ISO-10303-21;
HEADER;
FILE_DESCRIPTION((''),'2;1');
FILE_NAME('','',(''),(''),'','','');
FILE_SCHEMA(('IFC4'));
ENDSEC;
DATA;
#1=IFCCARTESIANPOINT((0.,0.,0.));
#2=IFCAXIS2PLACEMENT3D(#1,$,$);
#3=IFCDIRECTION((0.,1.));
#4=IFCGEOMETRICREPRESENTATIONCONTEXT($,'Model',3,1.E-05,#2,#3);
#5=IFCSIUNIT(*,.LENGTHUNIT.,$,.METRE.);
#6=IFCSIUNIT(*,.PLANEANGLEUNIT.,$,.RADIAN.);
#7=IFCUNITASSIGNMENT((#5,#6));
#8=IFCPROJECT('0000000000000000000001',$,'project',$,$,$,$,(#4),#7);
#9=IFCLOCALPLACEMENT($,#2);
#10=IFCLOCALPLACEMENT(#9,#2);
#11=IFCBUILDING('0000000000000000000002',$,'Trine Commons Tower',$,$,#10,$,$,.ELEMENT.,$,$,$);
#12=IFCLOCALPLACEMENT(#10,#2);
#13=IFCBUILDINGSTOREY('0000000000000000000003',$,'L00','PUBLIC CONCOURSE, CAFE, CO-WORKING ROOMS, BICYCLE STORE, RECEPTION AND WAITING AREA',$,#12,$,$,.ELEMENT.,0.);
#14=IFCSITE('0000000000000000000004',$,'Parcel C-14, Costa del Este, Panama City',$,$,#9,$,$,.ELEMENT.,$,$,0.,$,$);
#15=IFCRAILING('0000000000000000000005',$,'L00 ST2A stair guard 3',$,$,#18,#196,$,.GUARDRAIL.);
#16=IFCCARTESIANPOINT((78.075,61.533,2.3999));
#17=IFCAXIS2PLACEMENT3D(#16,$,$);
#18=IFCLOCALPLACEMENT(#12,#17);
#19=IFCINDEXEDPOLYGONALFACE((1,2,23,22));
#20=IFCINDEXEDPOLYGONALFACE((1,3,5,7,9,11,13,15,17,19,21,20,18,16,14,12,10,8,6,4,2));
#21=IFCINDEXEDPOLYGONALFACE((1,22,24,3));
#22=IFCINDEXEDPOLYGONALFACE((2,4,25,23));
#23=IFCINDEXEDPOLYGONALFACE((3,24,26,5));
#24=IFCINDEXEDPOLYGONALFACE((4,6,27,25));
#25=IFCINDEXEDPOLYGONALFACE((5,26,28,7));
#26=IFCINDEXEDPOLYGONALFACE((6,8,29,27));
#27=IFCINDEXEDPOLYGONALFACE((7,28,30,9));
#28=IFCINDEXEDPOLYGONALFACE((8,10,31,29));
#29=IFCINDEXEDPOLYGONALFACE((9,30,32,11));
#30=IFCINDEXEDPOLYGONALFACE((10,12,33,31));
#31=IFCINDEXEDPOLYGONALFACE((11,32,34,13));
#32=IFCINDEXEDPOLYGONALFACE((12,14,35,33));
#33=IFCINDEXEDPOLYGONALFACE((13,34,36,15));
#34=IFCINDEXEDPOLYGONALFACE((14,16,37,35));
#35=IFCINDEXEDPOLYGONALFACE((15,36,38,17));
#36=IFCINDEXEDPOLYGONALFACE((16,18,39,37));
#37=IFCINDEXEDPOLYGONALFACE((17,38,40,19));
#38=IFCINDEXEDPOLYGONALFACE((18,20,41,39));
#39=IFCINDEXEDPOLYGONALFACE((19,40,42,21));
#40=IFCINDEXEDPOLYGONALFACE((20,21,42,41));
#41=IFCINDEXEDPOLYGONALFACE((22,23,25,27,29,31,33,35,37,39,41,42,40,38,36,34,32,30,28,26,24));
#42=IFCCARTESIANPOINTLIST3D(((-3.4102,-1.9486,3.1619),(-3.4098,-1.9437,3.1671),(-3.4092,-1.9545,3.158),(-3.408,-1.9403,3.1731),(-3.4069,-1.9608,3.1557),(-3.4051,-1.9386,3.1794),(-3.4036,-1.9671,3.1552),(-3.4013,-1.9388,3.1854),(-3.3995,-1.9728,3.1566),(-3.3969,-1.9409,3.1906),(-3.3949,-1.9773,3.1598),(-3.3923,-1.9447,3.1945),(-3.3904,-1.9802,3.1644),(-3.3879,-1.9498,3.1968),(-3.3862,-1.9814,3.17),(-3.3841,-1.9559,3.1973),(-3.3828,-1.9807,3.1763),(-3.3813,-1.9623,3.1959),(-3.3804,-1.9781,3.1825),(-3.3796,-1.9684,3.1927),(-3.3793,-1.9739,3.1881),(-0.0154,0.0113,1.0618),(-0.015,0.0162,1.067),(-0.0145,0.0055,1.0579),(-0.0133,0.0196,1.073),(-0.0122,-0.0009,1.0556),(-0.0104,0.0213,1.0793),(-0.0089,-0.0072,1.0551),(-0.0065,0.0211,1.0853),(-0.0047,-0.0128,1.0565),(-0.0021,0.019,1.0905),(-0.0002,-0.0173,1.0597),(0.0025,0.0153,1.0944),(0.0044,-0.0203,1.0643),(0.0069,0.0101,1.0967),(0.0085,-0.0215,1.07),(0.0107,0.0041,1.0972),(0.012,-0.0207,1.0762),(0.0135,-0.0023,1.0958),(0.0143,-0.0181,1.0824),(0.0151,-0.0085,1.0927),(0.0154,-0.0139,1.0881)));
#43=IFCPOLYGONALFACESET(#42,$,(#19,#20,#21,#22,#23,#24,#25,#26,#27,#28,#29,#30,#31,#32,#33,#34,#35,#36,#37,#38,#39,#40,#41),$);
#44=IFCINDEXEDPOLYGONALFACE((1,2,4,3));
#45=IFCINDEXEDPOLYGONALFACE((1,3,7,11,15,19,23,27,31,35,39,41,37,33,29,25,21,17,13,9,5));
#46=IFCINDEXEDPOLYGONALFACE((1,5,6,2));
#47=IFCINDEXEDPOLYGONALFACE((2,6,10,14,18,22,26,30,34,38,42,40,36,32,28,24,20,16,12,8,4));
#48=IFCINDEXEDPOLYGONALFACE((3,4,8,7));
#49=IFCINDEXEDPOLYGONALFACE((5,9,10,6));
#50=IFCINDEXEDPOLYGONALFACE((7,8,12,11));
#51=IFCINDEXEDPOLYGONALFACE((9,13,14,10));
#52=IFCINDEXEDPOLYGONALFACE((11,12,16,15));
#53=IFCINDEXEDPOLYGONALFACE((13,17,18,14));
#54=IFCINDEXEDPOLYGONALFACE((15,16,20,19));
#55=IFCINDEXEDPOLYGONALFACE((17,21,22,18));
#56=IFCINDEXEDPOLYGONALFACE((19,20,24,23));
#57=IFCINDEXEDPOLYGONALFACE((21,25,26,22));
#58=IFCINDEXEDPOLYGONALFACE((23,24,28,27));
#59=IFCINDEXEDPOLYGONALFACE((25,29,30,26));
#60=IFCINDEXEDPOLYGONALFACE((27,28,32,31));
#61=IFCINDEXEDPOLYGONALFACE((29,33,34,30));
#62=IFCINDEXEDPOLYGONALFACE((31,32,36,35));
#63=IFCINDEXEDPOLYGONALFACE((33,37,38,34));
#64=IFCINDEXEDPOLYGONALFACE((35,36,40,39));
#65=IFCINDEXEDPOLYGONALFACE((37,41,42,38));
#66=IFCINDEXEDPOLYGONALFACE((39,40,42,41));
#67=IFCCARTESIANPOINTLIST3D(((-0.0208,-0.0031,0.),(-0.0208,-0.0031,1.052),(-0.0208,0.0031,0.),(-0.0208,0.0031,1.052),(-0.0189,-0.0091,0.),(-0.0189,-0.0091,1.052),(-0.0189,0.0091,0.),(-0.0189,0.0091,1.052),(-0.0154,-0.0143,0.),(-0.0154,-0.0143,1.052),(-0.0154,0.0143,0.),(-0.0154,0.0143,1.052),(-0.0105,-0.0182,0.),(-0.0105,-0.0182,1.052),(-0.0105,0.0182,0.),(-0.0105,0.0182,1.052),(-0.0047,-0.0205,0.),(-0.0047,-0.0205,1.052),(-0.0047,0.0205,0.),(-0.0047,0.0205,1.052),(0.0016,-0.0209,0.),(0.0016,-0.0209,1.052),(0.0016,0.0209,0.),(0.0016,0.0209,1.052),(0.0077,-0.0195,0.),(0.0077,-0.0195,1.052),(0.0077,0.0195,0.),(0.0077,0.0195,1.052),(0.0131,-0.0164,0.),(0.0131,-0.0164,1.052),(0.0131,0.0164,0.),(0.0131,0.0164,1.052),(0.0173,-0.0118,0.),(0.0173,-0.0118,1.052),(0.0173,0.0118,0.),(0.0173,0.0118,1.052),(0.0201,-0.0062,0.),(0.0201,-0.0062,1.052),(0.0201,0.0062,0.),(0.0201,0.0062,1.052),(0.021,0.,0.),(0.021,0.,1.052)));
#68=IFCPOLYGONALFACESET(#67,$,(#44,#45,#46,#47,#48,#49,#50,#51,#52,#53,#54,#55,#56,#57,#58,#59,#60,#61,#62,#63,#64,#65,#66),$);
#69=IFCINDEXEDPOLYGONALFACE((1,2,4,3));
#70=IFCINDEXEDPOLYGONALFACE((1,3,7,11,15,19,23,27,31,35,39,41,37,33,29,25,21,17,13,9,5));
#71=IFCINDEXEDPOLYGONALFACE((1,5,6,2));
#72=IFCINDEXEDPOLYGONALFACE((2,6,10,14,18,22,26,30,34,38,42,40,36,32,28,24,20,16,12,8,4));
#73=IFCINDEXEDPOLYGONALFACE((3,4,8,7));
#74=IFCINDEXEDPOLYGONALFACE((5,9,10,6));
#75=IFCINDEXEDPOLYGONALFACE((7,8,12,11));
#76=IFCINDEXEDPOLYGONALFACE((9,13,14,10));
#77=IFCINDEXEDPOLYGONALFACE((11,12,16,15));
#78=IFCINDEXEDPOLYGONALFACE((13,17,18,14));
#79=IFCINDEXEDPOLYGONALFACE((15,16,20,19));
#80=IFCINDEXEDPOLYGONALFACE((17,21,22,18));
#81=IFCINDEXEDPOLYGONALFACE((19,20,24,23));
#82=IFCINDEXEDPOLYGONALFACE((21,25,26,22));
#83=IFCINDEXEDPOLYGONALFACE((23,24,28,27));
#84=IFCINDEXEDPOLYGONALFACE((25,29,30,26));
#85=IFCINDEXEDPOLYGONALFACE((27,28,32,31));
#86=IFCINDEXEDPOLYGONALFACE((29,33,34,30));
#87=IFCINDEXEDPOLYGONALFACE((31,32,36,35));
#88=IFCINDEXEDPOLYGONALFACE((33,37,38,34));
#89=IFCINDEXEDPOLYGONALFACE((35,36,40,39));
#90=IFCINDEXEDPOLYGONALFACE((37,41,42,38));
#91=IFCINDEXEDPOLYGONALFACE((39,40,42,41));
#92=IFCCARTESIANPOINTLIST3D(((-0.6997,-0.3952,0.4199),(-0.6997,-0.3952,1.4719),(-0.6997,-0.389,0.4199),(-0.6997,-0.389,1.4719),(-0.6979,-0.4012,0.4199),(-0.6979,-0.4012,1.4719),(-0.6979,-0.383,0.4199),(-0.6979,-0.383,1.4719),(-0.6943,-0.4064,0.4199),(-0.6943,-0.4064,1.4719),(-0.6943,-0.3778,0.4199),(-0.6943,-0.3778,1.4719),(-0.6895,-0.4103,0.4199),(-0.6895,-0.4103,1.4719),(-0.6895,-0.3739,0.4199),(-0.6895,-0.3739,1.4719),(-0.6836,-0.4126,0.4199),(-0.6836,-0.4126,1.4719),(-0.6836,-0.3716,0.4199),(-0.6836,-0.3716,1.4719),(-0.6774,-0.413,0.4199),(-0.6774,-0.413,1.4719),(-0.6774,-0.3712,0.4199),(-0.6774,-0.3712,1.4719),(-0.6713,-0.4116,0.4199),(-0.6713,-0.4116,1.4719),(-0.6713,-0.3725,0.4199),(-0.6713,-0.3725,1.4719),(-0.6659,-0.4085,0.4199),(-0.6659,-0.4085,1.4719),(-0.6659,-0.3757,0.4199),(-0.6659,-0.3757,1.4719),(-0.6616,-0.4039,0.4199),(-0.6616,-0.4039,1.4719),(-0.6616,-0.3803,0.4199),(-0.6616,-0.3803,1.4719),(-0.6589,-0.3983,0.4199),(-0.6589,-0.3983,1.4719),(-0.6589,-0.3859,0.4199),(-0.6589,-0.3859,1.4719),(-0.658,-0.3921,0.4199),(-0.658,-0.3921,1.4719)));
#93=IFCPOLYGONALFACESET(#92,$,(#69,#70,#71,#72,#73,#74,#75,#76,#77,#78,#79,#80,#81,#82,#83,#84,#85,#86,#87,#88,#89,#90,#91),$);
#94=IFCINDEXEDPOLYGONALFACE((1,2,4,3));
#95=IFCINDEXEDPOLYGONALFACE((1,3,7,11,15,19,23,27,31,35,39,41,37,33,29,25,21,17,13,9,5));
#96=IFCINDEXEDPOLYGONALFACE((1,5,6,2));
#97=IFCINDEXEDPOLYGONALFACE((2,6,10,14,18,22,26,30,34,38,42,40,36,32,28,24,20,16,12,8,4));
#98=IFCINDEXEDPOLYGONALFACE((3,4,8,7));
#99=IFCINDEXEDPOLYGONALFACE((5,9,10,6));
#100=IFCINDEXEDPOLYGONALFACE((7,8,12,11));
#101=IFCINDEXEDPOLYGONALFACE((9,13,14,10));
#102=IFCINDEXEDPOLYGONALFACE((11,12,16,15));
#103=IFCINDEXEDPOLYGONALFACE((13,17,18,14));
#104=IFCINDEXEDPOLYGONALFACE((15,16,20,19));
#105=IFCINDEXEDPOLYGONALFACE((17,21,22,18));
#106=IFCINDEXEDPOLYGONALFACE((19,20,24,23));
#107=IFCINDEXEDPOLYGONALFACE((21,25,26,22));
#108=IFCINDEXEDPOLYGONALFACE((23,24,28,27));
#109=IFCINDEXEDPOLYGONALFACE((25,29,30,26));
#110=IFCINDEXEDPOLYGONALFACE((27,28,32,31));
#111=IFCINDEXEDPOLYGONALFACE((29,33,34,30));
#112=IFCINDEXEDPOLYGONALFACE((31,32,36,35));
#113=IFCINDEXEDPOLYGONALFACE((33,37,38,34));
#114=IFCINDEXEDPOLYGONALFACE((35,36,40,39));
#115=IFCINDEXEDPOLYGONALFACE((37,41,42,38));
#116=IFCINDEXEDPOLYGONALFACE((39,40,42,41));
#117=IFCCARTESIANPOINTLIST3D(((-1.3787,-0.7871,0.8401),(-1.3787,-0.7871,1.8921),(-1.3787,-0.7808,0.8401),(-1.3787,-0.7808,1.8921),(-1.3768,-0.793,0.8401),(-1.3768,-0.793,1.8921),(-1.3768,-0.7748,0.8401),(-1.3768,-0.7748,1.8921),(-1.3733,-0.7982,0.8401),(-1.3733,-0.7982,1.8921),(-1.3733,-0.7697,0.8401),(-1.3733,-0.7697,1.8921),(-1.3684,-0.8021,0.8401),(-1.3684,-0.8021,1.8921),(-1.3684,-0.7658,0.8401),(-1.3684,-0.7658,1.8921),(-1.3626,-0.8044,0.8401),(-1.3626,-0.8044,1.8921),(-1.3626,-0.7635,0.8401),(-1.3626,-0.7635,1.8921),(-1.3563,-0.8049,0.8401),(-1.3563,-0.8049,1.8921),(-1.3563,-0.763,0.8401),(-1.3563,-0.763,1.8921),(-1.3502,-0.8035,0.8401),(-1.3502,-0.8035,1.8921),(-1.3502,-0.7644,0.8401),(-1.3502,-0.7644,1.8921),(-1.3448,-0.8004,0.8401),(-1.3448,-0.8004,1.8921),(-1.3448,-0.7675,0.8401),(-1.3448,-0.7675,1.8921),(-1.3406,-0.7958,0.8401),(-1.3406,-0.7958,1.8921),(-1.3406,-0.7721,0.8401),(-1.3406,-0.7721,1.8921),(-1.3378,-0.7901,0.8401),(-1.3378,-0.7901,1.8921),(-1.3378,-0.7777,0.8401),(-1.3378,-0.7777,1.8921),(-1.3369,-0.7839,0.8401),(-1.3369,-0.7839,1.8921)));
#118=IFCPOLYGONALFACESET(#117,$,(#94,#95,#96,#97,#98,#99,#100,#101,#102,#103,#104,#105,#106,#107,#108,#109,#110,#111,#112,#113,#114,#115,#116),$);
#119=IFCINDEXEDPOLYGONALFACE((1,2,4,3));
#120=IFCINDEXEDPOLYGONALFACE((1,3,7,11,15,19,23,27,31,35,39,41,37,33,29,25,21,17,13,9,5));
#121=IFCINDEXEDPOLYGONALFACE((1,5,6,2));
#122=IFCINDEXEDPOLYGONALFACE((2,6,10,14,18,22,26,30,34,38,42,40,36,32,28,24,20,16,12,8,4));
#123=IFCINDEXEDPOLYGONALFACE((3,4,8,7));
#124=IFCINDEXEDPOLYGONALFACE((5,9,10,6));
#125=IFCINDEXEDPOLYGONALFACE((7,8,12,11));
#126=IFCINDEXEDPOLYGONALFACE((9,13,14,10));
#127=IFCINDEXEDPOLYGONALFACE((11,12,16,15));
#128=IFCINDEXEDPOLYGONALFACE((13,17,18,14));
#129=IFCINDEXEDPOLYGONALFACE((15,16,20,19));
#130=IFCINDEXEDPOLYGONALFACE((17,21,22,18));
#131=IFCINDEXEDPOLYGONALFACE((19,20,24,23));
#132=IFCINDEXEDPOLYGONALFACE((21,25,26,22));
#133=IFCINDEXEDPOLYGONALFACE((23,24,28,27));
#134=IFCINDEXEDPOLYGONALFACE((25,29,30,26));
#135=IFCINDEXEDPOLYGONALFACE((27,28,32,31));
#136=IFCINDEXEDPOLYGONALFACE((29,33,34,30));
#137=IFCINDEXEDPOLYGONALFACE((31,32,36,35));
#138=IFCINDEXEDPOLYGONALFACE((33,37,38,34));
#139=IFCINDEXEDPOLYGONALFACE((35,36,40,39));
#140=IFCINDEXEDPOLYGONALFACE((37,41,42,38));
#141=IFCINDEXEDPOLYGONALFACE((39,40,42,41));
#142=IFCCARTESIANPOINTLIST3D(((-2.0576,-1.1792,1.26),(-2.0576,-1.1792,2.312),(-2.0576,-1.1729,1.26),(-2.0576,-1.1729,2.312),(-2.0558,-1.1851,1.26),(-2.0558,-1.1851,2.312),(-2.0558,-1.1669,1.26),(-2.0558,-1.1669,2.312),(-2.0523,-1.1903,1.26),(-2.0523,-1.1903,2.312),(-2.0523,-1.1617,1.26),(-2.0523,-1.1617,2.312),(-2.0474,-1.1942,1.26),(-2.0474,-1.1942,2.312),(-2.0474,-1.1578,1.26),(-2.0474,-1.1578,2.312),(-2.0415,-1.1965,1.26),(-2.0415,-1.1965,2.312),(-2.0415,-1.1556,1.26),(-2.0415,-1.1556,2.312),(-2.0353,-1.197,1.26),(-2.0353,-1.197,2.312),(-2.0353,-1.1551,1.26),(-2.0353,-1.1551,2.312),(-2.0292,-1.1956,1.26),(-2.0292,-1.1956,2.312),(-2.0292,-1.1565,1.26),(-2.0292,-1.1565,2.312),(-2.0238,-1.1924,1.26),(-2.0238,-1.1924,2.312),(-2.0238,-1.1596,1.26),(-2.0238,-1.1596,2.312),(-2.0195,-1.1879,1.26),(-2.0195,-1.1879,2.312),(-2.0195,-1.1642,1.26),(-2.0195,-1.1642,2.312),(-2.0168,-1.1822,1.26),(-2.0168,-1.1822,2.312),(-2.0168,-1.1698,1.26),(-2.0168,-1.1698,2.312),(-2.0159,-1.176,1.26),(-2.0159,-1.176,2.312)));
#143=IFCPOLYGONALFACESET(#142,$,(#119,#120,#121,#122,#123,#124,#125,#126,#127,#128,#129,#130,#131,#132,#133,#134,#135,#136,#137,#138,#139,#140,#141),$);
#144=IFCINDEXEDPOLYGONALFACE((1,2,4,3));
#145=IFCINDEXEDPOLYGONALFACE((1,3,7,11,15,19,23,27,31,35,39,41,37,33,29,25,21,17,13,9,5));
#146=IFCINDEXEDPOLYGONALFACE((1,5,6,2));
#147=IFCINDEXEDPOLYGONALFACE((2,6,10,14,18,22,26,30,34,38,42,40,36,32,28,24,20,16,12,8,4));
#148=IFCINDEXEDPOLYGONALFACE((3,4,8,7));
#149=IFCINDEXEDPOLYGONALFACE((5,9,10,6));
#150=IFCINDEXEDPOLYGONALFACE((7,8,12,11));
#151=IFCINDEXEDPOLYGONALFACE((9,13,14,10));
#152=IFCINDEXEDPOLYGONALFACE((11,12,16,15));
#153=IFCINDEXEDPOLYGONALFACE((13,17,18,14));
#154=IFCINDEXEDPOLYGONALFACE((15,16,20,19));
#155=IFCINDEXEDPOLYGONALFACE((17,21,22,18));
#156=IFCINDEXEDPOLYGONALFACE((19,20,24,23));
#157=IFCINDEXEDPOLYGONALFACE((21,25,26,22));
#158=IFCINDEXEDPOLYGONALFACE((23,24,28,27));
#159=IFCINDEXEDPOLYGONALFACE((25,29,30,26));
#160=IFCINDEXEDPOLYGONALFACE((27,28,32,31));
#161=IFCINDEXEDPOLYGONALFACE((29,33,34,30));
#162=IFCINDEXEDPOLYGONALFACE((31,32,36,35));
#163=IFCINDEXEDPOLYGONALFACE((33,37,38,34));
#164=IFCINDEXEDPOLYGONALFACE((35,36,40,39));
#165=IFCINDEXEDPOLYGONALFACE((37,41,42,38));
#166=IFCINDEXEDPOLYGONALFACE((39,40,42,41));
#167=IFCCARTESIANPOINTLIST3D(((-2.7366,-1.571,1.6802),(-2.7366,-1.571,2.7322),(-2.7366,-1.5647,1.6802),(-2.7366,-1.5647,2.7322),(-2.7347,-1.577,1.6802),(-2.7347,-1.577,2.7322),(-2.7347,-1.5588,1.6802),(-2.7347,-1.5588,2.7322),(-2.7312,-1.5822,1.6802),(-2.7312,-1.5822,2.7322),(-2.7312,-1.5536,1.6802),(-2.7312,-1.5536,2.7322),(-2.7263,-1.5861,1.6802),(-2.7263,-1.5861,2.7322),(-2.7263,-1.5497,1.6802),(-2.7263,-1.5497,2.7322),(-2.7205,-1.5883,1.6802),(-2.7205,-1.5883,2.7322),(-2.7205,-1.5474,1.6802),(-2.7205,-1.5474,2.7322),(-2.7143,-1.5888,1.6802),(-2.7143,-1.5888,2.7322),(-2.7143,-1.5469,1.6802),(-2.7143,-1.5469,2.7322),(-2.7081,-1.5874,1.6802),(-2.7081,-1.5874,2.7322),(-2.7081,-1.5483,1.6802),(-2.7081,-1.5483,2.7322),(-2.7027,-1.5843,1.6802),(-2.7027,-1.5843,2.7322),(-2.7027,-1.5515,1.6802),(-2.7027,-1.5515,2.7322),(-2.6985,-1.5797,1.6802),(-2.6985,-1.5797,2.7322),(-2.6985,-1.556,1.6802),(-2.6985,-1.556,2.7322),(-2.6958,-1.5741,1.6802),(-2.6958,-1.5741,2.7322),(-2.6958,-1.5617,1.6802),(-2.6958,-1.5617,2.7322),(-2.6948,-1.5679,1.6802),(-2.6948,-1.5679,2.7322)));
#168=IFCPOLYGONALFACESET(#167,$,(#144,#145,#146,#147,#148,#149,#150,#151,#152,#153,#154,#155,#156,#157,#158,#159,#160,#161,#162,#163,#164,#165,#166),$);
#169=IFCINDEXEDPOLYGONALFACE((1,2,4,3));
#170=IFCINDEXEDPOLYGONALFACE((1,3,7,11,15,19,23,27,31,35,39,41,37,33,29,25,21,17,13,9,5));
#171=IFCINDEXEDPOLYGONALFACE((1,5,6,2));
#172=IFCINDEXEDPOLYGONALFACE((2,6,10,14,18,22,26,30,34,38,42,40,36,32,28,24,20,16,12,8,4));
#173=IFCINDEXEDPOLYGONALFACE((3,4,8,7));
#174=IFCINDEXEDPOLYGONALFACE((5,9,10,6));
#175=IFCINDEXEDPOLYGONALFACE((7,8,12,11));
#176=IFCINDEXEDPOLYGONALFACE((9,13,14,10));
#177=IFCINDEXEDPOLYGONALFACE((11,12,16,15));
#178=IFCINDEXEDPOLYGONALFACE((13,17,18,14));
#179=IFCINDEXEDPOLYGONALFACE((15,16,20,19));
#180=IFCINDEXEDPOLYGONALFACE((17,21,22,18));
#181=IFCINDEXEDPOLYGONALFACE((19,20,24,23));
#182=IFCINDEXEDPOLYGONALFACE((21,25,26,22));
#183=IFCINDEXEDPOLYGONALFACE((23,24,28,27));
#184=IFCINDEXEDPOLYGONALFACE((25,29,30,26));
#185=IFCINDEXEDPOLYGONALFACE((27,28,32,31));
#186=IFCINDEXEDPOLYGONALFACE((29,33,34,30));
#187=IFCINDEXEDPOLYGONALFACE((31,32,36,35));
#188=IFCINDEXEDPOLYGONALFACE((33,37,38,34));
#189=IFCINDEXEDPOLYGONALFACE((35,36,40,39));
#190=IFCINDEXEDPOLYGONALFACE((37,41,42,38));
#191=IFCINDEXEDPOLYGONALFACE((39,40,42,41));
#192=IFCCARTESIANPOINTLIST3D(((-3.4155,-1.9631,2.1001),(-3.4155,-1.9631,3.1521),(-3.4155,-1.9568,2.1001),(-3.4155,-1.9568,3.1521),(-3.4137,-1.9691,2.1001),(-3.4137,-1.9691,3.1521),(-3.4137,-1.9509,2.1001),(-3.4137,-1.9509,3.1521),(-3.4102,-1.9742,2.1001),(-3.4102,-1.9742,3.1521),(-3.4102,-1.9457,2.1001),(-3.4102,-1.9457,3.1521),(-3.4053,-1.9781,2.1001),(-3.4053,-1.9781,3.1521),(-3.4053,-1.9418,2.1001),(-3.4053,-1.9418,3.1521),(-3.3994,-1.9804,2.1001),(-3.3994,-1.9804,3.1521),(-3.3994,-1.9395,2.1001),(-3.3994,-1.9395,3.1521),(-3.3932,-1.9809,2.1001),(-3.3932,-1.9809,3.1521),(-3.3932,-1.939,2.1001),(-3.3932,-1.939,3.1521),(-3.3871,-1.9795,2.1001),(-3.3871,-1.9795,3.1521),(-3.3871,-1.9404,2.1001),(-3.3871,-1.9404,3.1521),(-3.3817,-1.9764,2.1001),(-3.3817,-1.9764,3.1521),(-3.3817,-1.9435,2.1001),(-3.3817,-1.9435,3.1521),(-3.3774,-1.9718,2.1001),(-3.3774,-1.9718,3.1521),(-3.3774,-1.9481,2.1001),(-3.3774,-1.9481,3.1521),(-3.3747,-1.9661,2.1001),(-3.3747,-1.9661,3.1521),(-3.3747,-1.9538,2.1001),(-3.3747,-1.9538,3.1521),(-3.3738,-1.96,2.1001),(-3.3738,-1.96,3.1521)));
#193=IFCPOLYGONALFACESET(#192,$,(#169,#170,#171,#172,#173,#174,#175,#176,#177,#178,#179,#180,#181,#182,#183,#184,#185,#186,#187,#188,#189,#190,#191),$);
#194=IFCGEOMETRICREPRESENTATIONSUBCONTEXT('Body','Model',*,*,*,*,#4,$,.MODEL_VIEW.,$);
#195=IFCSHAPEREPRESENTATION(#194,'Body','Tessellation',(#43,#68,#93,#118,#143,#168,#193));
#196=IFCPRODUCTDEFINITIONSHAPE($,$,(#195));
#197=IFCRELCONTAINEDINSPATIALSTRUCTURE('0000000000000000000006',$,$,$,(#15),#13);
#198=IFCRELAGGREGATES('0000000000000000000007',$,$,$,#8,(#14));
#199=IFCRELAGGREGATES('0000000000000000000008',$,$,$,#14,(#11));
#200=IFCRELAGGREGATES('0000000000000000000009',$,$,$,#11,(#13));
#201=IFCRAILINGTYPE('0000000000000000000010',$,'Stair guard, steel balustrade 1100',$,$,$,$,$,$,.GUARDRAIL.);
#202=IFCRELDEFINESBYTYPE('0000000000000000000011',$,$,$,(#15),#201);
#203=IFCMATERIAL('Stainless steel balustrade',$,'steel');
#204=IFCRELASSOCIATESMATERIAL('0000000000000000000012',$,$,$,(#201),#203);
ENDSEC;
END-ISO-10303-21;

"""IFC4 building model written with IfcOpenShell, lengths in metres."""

from ifc_helpers import new_model, si_unit, direction, frame, origin, origin_2d, place, context, subcontext, project, spatial, circle, extrude, material, type_object, element, save


model = new_model("IFC4")

# Units and contexts
model_context = context("Model", 3, precision=1e-05, world=origin(), true_north=direction((0.0, 1.0)))
body_context = subcontext(model_context, "Body", "Model", "MODEL_VIEW")
ifc_project = project(units=[si_unit("LENGTHUNIT", "METRE"), si_unit("PLANEANGLEUNIT", "RADIAN")], contexts=[model_context])

# Site, building, storey
site_placement = place(None, origin())
site = spatial("IfcSite", under=ifc_project, at=site_placement, Name="Parcel C-14, Costa del Este, Panama City", CompositionType="ELEMENT", RefElevation=0.0)
building_placement = place(site_placement, origin())
building = spatial("IfcBuilding", under=site, at=building_placement, Name="Trine Commons Tower", CompositionType="ELEMENT")
storey_placement = place(building_placement, origin())
storey = spatial("IfcBuildingStorey", under=building, at=storey_placement, Name="L00", Description="PUBLIC CONCOURSE, CAFE, CO-WORKING ROOMS, BICYCLE STORE, RECEPTION AND WAITING AREA", CompositionType="ELEMENT", Elevation=0.0)

# Railing
ifc_material_1 = material(Name="Stainless steel balustrade", Category="steel")
railing_type_1 = type_object("IfcRailingType", Name="Stair guard, steel balustrade 1100", PredefinedType="GUARDRAIL", material=ifc_material_1)
for number, where, name in (
    (1, (78.075, 61.533, 2.3999), "L00 ST2A stair guard 3"),
):
    element("IfcRailing", number, at=place(storey_placement, frame(where)), inside=storey, type_object=railing_type_1, Name=name, PredefinedType="GUARDRAIL", context=body_context, shape_type="SweptSolid", body=[
        extrude(circle(Radius=0.0239, at=origin_2d()), frame((0.0, 0.0, 1.0762), z_axis=(-0.763375, -0.440732, 0.472244), x_axis=(0.499997, -0.866027, 0.0)), (0.0, 0.0, 1.0), 4.447),
        extrude(circle(Radius=0.021, at=origin_2d()), origin(), (0.0, 0.0, 1.0), 1.052),
        extrude(circle(Radius=0.021, at=origin_2d()), frame((-0.679, -0.3921, 0.4199)), (0.0, 0.0, 1.0), 1.052),
        extrude(circle(Radius=0.021, at=origin_2d()), frame((-1.3579, -0.7839, 0.8401)), (0.0, 0.0, 1.0), 1.052),
        extrude(circle(Radius=0.021, at=origin_2d()), frame((-2.0369, -1.176, 1.26)), (0.0, 0.0, 1.0), 1.052),
        extrude(circle(Radius=0.021, at=origin_2d()), frame((-2.7158, -1.5679, 1.6802)), (0.0, 0.0, 1.0), 1.052),
        extrude(circle(Radius=0.021, at=origin_2d()), frame((-3.3948, -1.96, 2.1001)), (0.0, 0.0, 1.0), 1.052),
    ])

save(model, "model.ifc")
